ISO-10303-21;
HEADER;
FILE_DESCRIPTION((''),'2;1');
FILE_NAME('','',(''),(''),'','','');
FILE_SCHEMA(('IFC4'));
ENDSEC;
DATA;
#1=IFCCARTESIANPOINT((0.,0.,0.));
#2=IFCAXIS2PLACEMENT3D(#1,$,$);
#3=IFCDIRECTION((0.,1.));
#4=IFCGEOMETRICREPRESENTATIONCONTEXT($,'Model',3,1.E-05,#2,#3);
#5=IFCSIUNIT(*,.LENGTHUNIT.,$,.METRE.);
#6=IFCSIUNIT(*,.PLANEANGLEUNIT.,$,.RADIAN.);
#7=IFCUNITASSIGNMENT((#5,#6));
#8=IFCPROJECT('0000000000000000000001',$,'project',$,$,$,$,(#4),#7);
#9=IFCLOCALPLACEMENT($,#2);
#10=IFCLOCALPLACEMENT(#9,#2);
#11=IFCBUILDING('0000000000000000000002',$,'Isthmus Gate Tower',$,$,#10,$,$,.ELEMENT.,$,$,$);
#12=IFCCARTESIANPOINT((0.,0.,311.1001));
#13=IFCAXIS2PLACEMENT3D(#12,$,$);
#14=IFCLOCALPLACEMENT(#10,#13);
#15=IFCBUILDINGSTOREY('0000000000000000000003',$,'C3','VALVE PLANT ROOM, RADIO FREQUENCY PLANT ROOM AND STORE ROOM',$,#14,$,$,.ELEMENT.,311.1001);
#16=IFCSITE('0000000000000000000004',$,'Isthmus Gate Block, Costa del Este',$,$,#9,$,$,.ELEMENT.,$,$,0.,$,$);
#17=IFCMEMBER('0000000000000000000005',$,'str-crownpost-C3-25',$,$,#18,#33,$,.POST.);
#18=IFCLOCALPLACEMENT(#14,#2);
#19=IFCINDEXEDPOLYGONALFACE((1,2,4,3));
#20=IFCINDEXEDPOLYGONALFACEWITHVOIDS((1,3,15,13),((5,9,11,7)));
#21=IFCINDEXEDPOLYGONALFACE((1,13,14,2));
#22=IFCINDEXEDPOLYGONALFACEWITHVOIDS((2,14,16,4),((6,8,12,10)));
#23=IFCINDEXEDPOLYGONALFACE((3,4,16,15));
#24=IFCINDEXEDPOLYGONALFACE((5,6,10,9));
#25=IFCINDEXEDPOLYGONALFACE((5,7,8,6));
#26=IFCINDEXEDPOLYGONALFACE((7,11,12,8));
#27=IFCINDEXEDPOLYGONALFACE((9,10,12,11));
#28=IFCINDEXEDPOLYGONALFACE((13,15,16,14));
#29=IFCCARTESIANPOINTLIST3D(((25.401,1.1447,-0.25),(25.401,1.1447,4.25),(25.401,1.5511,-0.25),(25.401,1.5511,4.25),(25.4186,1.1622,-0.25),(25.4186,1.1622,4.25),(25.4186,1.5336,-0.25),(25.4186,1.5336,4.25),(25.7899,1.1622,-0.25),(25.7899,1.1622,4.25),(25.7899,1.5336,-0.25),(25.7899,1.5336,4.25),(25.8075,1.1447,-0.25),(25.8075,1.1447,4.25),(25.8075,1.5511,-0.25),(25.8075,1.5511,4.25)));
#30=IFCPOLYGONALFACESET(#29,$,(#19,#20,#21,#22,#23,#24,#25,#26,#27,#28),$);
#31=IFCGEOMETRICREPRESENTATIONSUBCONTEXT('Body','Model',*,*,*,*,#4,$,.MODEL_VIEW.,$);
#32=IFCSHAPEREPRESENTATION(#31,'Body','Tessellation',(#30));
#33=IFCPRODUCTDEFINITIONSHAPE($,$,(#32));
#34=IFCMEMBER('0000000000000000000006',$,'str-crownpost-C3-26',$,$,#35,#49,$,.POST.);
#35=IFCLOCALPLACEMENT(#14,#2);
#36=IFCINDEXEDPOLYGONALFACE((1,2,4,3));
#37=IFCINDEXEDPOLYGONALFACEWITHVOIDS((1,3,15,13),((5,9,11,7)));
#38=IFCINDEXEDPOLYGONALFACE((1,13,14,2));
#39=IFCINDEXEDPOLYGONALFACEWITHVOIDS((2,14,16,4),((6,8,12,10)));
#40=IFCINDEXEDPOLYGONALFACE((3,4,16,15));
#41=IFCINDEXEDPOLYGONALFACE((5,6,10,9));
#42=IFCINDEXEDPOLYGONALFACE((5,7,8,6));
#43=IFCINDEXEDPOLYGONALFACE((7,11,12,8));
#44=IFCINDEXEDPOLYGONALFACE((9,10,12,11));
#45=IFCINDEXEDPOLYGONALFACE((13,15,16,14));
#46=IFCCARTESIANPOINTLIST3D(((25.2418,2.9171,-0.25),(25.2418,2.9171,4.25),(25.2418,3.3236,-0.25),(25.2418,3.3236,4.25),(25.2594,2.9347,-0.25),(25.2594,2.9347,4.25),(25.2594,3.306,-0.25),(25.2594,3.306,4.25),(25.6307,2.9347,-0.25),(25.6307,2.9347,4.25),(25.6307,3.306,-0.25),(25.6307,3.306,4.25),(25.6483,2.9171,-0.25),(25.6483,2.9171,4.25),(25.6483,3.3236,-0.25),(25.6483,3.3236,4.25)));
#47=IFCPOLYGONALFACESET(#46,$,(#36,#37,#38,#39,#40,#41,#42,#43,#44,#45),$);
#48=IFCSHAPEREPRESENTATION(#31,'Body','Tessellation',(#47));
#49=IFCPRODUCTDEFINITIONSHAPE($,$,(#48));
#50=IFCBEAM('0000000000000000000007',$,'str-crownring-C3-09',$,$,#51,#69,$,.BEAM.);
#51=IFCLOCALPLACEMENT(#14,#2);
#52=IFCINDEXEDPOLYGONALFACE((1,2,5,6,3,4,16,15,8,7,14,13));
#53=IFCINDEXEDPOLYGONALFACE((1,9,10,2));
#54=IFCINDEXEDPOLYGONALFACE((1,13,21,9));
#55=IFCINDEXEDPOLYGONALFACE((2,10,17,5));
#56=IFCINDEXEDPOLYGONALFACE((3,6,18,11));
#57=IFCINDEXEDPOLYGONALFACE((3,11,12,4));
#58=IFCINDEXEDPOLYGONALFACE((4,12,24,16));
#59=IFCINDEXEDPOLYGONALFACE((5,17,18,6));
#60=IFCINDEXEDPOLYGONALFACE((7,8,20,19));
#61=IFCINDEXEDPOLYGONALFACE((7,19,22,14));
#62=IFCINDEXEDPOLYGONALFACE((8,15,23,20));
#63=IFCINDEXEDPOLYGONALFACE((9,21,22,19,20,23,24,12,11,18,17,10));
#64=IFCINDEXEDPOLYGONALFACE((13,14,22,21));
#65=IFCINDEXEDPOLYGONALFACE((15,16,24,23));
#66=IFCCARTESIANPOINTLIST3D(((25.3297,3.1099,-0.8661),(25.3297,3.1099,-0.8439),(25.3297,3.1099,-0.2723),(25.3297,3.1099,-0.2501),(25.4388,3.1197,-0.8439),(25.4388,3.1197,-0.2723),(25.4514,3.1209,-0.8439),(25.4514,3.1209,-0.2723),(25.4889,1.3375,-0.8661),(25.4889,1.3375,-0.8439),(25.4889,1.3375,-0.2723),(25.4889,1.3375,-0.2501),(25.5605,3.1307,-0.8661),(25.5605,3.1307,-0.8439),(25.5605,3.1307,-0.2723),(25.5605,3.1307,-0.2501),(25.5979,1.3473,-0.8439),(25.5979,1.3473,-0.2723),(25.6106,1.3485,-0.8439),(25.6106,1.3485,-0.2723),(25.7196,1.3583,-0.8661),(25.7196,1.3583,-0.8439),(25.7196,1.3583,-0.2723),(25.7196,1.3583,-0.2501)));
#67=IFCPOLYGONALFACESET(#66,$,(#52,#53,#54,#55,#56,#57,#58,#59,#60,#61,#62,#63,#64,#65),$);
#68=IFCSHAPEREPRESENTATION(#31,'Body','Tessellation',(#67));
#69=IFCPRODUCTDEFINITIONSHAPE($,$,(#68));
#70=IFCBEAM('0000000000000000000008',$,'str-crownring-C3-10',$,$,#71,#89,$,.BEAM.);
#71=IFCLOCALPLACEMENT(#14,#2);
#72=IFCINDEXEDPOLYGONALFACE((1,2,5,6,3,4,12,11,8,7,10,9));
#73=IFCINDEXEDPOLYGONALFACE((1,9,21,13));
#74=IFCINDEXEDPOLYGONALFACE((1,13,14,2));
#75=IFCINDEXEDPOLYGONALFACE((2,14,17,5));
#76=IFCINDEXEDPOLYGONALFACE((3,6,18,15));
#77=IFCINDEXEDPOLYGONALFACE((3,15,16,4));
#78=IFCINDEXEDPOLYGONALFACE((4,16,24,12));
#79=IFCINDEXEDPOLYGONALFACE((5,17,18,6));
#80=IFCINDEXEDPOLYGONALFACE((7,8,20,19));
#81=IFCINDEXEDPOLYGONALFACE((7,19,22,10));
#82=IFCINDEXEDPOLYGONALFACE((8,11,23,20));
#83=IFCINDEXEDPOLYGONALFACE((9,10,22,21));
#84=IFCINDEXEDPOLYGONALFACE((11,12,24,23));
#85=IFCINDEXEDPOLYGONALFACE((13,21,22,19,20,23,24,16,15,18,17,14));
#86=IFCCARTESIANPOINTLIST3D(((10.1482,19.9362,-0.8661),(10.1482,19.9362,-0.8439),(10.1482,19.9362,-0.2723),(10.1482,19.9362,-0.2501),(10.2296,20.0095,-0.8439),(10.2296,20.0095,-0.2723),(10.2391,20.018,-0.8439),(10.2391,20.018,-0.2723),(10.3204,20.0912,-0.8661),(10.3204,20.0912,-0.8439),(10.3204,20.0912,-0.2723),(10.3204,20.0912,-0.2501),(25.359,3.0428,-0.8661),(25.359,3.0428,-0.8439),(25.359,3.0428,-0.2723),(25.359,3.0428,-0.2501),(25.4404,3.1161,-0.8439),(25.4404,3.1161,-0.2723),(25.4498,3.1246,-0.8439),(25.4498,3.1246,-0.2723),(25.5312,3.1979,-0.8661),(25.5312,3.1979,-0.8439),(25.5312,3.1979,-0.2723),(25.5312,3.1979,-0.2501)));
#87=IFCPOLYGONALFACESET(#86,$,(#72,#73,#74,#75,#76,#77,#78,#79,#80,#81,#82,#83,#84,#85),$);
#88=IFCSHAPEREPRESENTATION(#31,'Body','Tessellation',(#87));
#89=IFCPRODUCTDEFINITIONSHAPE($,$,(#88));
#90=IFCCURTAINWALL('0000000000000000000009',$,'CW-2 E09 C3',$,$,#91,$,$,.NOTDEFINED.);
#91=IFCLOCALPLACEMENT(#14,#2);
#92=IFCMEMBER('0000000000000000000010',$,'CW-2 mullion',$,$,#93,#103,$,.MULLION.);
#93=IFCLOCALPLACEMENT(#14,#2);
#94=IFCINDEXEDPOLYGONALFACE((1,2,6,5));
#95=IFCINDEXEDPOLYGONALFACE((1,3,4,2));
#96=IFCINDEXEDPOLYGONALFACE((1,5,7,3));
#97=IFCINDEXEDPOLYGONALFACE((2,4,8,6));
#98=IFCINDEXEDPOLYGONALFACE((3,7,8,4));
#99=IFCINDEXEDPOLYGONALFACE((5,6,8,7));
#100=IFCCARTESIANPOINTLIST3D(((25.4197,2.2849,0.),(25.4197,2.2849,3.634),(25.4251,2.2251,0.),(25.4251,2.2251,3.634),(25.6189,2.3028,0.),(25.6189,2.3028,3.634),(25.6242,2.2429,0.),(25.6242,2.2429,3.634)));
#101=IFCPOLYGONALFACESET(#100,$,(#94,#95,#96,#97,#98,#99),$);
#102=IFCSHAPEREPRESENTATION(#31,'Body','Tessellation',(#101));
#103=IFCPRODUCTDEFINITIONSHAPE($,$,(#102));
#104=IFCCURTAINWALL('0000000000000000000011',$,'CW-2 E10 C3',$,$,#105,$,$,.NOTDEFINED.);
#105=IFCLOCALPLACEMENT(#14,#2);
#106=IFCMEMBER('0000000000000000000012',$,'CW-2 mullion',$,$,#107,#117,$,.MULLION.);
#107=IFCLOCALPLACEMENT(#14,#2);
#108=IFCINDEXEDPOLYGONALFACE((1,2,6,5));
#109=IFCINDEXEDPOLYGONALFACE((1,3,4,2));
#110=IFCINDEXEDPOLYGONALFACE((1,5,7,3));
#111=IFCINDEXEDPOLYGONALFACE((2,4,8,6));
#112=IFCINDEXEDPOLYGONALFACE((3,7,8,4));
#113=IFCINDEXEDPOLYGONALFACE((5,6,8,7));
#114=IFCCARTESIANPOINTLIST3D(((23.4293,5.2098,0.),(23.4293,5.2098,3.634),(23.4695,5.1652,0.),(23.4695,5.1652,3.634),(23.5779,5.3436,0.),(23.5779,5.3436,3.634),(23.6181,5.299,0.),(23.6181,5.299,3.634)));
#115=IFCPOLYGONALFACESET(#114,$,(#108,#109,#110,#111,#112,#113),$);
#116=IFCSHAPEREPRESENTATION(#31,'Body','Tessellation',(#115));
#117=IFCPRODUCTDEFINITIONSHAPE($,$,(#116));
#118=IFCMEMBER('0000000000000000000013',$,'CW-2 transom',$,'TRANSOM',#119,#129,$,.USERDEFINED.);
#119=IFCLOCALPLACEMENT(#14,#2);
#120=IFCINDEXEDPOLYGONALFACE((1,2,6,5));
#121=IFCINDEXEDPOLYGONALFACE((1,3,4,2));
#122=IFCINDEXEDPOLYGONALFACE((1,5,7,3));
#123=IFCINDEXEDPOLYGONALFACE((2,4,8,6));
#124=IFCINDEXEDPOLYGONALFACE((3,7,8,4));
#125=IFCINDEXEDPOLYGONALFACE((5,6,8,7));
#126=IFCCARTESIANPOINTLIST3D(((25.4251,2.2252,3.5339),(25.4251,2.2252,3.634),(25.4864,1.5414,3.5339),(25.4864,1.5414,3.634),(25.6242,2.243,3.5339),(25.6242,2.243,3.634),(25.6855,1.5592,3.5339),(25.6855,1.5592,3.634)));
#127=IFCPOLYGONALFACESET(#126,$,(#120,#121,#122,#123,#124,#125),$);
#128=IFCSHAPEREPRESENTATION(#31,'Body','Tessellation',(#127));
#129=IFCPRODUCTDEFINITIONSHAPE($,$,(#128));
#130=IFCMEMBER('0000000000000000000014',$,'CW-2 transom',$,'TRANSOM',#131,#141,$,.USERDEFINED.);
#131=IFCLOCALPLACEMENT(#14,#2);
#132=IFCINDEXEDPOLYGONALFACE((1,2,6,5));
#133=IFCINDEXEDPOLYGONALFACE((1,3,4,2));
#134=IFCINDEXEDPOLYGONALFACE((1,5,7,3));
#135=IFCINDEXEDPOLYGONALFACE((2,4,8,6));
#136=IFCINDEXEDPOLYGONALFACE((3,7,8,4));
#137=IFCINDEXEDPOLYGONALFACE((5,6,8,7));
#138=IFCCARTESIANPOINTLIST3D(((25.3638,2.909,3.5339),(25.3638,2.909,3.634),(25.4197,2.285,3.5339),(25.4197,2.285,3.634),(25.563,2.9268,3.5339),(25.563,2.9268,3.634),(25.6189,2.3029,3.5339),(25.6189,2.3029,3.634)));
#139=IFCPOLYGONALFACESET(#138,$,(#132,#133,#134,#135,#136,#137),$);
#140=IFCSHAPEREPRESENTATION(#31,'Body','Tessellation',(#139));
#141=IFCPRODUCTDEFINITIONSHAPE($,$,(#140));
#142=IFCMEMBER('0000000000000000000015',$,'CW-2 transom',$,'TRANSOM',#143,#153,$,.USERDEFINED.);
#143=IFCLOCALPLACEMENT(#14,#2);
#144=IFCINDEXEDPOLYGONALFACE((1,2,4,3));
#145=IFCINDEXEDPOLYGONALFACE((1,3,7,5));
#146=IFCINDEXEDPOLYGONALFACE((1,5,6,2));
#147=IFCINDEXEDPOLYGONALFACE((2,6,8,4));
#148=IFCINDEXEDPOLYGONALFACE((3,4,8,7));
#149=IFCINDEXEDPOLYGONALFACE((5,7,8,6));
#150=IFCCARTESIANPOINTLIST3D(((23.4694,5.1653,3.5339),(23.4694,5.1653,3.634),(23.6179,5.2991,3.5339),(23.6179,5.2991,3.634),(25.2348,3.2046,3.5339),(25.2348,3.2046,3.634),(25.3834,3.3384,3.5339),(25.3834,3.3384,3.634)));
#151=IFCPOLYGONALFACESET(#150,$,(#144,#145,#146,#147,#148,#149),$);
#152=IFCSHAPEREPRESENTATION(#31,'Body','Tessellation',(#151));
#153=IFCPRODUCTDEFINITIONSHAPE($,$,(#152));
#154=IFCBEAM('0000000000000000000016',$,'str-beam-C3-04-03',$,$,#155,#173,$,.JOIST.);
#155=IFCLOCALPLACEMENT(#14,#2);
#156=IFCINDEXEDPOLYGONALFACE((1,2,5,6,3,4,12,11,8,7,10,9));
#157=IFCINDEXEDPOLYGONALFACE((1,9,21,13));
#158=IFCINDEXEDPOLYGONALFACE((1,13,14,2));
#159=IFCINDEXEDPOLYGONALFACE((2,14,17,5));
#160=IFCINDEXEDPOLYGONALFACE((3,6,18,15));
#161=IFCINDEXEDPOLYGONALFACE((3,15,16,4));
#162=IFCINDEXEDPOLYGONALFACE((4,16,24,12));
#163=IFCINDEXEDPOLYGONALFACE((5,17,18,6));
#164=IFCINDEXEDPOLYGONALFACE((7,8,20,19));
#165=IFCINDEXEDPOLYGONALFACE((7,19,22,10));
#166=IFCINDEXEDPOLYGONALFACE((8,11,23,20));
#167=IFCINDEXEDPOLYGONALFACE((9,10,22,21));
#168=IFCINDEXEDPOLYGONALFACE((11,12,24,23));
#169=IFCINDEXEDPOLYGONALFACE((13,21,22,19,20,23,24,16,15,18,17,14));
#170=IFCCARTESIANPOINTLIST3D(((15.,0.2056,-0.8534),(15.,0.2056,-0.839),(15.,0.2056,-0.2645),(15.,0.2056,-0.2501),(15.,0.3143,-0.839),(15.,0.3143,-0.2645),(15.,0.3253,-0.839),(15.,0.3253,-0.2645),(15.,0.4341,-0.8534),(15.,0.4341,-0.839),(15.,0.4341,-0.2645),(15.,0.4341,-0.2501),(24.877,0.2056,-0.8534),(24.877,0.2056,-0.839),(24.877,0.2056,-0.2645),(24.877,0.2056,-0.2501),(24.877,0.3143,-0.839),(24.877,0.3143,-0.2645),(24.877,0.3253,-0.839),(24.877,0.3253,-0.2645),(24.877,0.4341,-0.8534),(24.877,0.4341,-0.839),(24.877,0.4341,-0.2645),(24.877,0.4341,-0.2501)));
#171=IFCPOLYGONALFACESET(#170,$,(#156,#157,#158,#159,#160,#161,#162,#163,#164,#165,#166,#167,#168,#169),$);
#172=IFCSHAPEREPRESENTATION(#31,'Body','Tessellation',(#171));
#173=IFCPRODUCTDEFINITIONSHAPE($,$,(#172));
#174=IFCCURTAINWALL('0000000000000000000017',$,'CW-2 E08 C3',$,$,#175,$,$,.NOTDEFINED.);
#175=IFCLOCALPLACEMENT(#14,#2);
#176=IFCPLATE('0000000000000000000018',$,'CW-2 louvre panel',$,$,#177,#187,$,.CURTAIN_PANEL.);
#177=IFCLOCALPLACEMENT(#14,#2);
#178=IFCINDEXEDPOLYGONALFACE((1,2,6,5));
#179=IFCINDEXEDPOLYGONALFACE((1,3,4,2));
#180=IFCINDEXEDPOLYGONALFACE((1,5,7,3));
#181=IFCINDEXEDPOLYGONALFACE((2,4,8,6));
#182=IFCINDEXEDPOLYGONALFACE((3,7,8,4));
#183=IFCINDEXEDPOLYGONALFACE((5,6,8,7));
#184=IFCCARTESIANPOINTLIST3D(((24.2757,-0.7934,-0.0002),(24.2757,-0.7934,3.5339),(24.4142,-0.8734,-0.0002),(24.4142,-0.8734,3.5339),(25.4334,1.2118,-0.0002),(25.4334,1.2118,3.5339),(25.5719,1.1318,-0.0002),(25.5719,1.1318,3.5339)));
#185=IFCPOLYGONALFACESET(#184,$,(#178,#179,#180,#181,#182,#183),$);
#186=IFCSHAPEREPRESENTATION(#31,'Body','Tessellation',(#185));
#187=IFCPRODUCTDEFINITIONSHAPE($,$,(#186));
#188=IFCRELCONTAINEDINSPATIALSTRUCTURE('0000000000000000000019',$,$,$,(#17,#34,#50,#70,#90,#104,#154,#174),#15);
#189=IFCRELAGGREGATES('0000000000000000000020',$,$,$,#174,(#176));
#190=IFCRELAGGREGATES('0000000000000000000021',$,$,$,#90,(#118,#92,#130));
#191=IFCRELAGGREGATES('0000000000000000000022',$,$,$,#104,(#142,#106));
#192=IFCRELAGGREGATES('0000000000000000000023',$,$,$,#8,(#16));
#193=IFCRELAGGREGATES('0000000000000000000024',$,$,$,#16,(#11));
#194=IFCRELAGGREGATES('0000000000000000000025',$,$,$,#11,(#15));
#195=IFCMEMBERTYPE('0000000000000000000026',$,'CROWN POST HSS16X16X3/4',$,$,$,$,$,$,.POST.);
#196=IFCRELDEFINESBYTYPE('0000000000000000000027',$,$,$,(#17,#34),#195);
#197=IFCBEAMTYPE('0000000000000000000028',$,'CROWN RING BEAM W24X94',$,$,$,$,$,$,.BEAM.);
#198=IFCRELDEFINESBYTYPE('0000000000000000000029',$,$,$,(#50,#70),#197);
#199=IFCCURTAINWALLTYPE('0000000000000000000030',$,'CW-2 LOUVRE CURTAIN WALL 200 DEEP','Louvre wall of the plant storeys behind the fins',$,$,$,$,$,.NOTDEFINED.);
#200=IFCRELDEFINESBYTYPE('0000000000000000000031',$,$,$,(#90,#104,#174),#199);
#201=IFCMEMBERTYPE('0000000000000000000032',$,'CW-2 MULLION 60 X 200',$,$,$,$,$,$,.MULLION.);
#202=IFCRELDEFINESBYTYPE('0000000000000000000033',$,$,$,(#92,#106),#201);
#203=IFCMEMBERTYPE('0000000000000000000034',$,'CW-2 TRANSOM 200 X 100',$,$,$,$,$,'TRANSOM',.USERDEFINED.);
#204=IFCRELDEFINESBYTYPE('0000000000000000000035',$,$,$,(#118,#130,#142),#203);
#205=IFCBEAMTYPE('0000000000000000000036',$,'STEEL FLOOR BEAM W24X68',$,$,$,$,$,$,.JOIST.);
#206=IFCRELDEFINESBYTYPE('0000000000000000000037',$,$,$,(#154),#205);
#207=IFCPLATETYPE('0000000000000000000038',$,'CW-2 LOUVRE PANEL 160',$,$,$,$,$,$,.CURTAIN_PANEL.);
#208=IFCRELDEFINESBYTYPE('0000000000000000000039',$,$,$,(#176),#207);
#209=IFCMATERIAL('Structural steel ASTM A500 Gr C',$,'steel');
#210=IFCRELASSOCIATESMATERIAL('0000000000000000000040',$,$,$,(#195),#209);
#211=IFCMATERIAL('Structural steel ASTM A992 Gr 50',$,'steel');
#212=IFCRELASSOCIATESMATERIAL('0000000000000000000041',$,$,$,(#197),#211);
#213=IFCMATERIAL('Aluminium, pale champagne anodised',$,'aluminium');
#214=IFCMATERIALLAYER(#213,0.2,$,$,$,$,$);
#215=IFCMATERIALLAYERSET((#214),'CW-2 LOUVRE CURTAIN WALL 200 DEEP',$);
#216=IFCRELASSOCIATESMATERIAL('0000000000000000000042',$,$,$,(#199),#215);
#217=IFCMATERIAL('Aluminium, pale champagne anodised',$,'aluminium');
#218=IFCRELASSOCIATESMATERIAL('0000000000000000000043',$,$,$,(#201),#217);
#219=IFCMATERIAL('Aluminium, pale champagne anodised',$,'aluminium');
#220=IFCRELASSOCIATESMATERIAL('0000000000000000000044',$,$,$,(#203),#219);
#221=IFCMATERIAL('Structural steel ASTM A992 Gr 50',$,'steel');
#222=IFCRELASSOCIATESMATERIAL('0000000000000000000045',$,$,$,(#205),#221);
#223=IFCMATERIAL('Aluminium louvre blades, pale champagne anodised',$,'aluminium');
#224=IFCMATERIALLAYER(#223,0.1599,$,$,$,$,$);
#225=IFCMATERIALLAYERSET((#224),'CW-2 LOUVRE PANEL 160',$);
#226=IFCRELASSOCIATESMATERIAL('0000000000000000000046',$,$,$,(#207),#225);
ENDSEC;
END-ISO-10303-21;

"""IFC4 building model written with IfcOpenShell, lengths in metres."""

from ifc_helpers import new_model, si_unit, direction, frame, origin, origin_2d, place, context, subcontext, project, spatial, rectangle, hollow_rectangle, i_section, extrude, material, layer, layer_set, material_profile, profile_set, type_object, element, aggregate, save


model = new_model("IFC4")

# Units and contexts
model_context = context("Model", 3, precision=1e-05, world=origin(), true_north=direction((0.0, 1.0)))
body_context = subcontext(model_context, "Body", "Model", "MODEL_VIEW")
ifc_project = project(units=[si_unit("LENGTHUNIT", "METRE"), si_unit("PLANEANGLEUNIT", "RADIAN")], contexts=[model_context])

# Site, building, storey
site_placement = place(None, origin())
site = spatial("IfcSite", under=ifc_project, at=site_placement, Name="Isthmus Gate Block, Costa del Este", CompositionType="ELEMENT", RefElevation=0.0)
building_placement = place(site_placement, origin())
building = spatial("IfcBuilding", under=site, at=building_placement, Name="Isthmus Gate Tower", CompositionType="ELEMENT")
storey_placement = place(building_placement, frame((0.0, 0.0, 311.1001)))
storey = spatial("IfcBuildingStorey", under=building, at=storey_placement, Name="C3", Description="VALVE PLANT ROOM, RADIO FREQUENCY PLANT ROOM AND STORE ROOM", CompositionType="ELEMENT", Elevation=311.1001)

# Members
ifc_material_1 = material(Name="Structural steel ASTM A500 Gr C", Category="steel")
ifc_material_profile_1 = material_profile(ifc_material_1, hollow_rectangle(XDim=0.4065, YDim=0.4065, WallThickness=0.0176, at=origin_2d()), Name="HSS16X16X3/4")
ifc_profile_set_1 = profile_set([ifc_material_profile_1], Name="Structural steel ASTM A500 Gr C")
member_type_1 = type_object("IfcMemberType", Name="CROWN POST HSS16X16X3/4", PredefinedType="POST", material=ifc_profile_set_1)
for number, where, z_axis, x_axis, name in (
    (1, (25.6042, 1.3479, -0.25), (0.0, 0.0, 1.0), (1.0, 0.0, 0.0), "str-crownpost-C3-25"),
    (2, (25.4451, 3.1204, -0.25), (0.0, 0.0, 1.0), (1.0, 0.0, 0.0), "str-crownpost-C3-26"),
):
    element("IfcMember", number, at=place(storey_placement, frame(where, z_axis=z_axis, x_axis=x_axis)), inside=storey, type_object=member_type_1, Name=name, PredefinedType="POST", context=body_context, shape_type="SweptSolid", body=[
        extrude(hollow_rectangle(XDim=0.4065, YDim=0.4065, WallThickness=0.0176, at=origin_2d()), origin(), (0.0, 0.0, 1.0), 4.5),
    ])

# Beams
ifc_material_2 = material(Name="Structural steel ASTM A992 Gr 50", Category="steel")
ifc_material_profile_2 = material_profile(ifc_material_2, i_section(OverallWidth=0.2317, OverallDepth=0.616, WebThickness=0.0127, FlangeThickness=0.0222, at=origin_2d()), Name="W24X94")
ifc_profile_set_2 = profile_set([ifc_material_profile_2], Name="Structural steel ASTM A992 Gr 50")
beam_type_1 = type_object("IfcBeamType", Name="CROWN RING BEAM W24X94", PredefinedType="BEAM", material=ifc_profile_set_2)
beam_1_placement = place(storey_placement, frame((25.6042, 1.3479, -0.5581), z_axis=(-0.089447, 0.995992, 0.0), x_axis=(-0.995992, -0.089447, 0.0)))
element("IfcBeam", 3, at=beam_1_placement, inside=storey, type_object=beam_type_1, Name="str-crownring-C3-09", PredefinedType="BEAM", context=body_context, shape_type="SweptSolid", body=[
    extrude(i_section(OverallWidth=0.2317, OverallDepth=0.616, WebThickness=0.0127, FlangeThickness=0.0222, at=origin_2d()), origin(), (0.0, 0.0, 1.0), 1.7795),
])
beam_2_placement = place(storey_placement, frame((25.4451, 3.1204, -0.5581), z_axis=(-0.669128, 0.743147, 0.0), x_axis=(-0.743147, -0.669128, 0.0)))
element("IfcBeam", 4, at=beam_2_placement, inside=storey, type_object=beam_type_1, Name="str-crownring-C3-10", PredefinedType="BEAM", context=body_context, shape_type="SweptSolid", body=[
    extrude(i_section(OverallWidth=0.2317, OverallDepth=0.616, WebThickness=0.0127, FlangeThickness=0.0222, at=origin_2d()), origin(), (0.0, 0.0, 1.0), 22.7322),
])

# Curtain walls, members
ifc_material_3 = material(Name="Aluminium, pale champagne anodised", Category="aluminium")
ifc_layer_1 = layer(ifc_material_3, 0.2)
ifc_layer_set_1 = layer_set([ifc_layer_1], Name="CW-2 LOUVRE CURTAIN WALL 200 DEEP")
curtain_wall_type = type_object("IfcCurtainWallType", Name="CW-2 LOUVRE CURTAIN WALL 200 DEEP", Description="Louvre wall of the plant storeys behind the fins", PredefinedType="NOTDEFINED", material=ifc_layer_set_1)
curtain_wall_1_placement = place(storey_placement, origin())
curtain_wall_1 = element("IfcCurtainWall", 5, at=curtain_wall_1_placement, inside=storey, type_object=curtain_wall_type, Name="CW-2 E09 C3", PredefinedType="NOTDEFINED")
ifc_material_4 = material(Name="Aluminium, pale champagne anodised", Category="aluminium")
ifc_material_profile_3 = material_profile(ifc_material_4, rectangle(XDim=0.0601, YDim=0.2, at=origin_2d()), Name="60x200")
ifc_profile_set_3 = profile_set([ifc_material_profile_3], Name="Aluminium, pale champagne anodised")
member_type_2 = type_object("IfcMemberType", Name="CW-2 MULLION 60 X 200", PredefinedType="MULLION", material=ifc_profile_set_3)
member_1_placement = place(storey_placement, frame((25.522, 2.2639, 0.0), z_axis=(0.0, 0.0, 1.0), x_axis=(-0.089397, 0.995996, 0.0)))
member_1 = element("IfcMember", 6, at=member_1_placement, type_object=member_type_2, Name="CW-2 mullion", PredefinedType="MULLION", context=body_context, shape_type="SweptSolid", body=[
    extrude(rectangle(XDim=0.0601, YDim=0.2, at=origin_2d()), origin(), (0.0, 0.0, 1.0), 3.634),
])
curtain_wall_2_placement = place(storey_placement, origin())
curtain_wall_2 = element("IfcCurtainWall", 7, at=curtain_wall_2_placement, inside=storey, type_object=curtain_wall_type, Name="CW-2 E10 C3", PredefinedType="NOTDEFINED")
member_2_placement = place(storey_placement, frame((23.5237, 5.2544, 0.0), z_axis=(0.0, 0.0, 1.0), x_axis=(-0.669131, 0.743145, 0.0)))
member_2 = element("IfcMember", 8, at=member_2_placement, type_object=member_type_2, Name="CW-2 mullion", PredefinedType="MULLION", context=body_context, shape_type="SweptSolid", body=[
    extrude(rectangle(XDim=0.0601, YDim=0.2, at=origin_2d()), origin(), (0.0, 0.0, 1.0), 3.634),
])

# Members
ifc_material_5 = material(Name="Aluminium, pale champagne anodised", Category="aluminium")
ifc_material_profile_4 = material_profile(ifc_material_5, rectangle(XDim=0.2, YDim=0.1001, at=origin_2d()), Name="200x100")
ifc_profile_set_4 = profile_set([ifc_material_profile_4], Name="Aluminium, pale champagne anodised")
member_type_3 = type_object("IfcMemberType", Name="CW-2 TRANSOM 200 X 100", ElementType="TRANSOM", PredefinedType="USERDEFINED", material=ifc_profile_set_4)
member_3_placement = place(storey_placement, frame((25.5859, 1.5503, 3.584), z_axis=(-0.089253, 0.996009, 0.0), x_axis=(-0.996009, -0.089253, 0.0)))
member_3 = element("IfcMember", 9, at=member_3_placement, type_object=member_type_3, Name="CW-2 transom", ObjectType="TRANSOM", PredefinedType="USERDEFINED", context=body_context, shape_type="SweptSolid", body=[
    extrude(rectangle(XDim=0.2, YDim=0.1001, at=origin_2d()), origin(), (0.0, 0.0, 1.0), 0.6865),
])
member_4_placement = place(storey_placement, frame((25.5193, 2.2939, 3.584), z_axis=(-0.089236, 0.996011, 0.0), x_axis=(-0.996011, -0.089236, 0.0)))
member_4 = element("IfcMember", 10, at=member_4_placement, type_object=member_type_3, Name="CW-2 transom", ObjectType="TRANSOM", PredefinedType="USERDEFINED", context=body_context, shape_type="SweptSolid", body=[
    extrude(rectangle(XDim=0.2, YDim=0.1001, at=origin_2d()), origin(), (0.0, 0.0, 1.0), 0.6265),
])
member_5_placement = place(storey_placement, frame((25.3091, 3.2715, 3.584), z_axis=(-0.669123, 0.743151, 0.0), x_axis=(-0.743151, -0.669123, 0.0)))
member_5 = element("IfcMember", 11, at=member_5_placement, type_object=member_type_3, Name="CW-2 transom", ObjectType="TRANSOM", PredefinedType="USERDEFINED", context=body_context, shape_type="SweptSolid", body=[
    extrude(rectangle(XDim=0.2, YDim=0.1001, at=origin_2d()), origin(), (0.0, 0.0, 1.0), 2.6384),
])

# Beam
ifc_material_6 = material(Name="Structural steel ASTM A992 Gr 50", Category="steel")
ifc_material_profile_5 = material_profile(ifc_material_6, i_section(OverallWidth=0.2285, OverallDepth=0.6033, WebThickness=0.011, FlangeThickness=0.0144, at=origin_2d()), Name="W24X68")
ifc_profile_set_5 = profile_set([ifc_material_profile_5], Name="Structural steel ASTM A992 Gr 50")
beam_type_2 = type_object("IfcBeamType", Name="STEEL FLOOR BEAM W24X68", PredefinedType="JOIST", material=ifc_profile_set_5)
beam_3_placement = place(storey_placement, frame((15.0, 0.3198, -0.5518), z_axis=(1.0, 0.0, 0.0), x_axis=(0.0, 1.0, 0.0)))
element("IfcBeam", 12, at=beam_3_placement, inside=storey, type_object=beam_type_2, Name="str-beam-C3-04-03", PredefinedType="JOIST", context=body_context, shape_type="SweptSolid", body=[
    extrude(i_section(OverallWidth=0.2285, OverallDepth=0.6033, WebThickness=0.011, FlangeThickness=0.0144, at=origin_2d()), origin(), (0.0, 0.0, 1.0), 9.877),
])

# Curtain wall, plate
curtain_wall_3_placement = place(storey_placement, origin())
curtain_wall_3 = element("IfcCurtainWall", 13, at=curtain_wall_3_placement, inside=storey, type_object=curtain_wall_type, Name="CW-2 E08 C3", PredefinedType="NOTDEFINED")
ifc_material_7 = material(Name="Aluminium louvre blades, pale champagne anodised", Category="aluminium")
ifc_layer_2 = layer(ifc_material_7, 0.1599)
ifc_layer_set_2 = layer_set([ifc_layer_2], Name="CW-2 LOUVRE PANEL 160")
plate_type = type_object("IfcPlateType", Name="CW-2 LOUVRE PANEL 160", PredefinedType="CURTAIN_PANEL", material=ifc_layer_set_2)
plate_1_placement = place(storey_placement, frame((24.9238, 0.1692, -0.0002), z_axis=(0.0, 0.0, 1.0), x_axis=(0.5, 0.866025, 0.0)))
plate_1 = element("IfcPlate", 14, at=plate_1_placement, type_object=plate_type, Name="CW-2 louvre panel", PredefinedType="CURTAIN_PANEL", context=body_context, shape_type="SweptSolid", body=[
    extrude(rectangle(XDim=2.3154, YDim=0.1599, at=origin_2d()), origin(), (0.0, 0.0, 1.0), 3.5342),
])
aggregate(curtain_wall_3, [plate_1])

aggregate(curtain_wall_1, [member_3, member_1, member_4])
aggregate(curtain_wall_2, [member_5, member_2])

save(model, "model.ifc")
